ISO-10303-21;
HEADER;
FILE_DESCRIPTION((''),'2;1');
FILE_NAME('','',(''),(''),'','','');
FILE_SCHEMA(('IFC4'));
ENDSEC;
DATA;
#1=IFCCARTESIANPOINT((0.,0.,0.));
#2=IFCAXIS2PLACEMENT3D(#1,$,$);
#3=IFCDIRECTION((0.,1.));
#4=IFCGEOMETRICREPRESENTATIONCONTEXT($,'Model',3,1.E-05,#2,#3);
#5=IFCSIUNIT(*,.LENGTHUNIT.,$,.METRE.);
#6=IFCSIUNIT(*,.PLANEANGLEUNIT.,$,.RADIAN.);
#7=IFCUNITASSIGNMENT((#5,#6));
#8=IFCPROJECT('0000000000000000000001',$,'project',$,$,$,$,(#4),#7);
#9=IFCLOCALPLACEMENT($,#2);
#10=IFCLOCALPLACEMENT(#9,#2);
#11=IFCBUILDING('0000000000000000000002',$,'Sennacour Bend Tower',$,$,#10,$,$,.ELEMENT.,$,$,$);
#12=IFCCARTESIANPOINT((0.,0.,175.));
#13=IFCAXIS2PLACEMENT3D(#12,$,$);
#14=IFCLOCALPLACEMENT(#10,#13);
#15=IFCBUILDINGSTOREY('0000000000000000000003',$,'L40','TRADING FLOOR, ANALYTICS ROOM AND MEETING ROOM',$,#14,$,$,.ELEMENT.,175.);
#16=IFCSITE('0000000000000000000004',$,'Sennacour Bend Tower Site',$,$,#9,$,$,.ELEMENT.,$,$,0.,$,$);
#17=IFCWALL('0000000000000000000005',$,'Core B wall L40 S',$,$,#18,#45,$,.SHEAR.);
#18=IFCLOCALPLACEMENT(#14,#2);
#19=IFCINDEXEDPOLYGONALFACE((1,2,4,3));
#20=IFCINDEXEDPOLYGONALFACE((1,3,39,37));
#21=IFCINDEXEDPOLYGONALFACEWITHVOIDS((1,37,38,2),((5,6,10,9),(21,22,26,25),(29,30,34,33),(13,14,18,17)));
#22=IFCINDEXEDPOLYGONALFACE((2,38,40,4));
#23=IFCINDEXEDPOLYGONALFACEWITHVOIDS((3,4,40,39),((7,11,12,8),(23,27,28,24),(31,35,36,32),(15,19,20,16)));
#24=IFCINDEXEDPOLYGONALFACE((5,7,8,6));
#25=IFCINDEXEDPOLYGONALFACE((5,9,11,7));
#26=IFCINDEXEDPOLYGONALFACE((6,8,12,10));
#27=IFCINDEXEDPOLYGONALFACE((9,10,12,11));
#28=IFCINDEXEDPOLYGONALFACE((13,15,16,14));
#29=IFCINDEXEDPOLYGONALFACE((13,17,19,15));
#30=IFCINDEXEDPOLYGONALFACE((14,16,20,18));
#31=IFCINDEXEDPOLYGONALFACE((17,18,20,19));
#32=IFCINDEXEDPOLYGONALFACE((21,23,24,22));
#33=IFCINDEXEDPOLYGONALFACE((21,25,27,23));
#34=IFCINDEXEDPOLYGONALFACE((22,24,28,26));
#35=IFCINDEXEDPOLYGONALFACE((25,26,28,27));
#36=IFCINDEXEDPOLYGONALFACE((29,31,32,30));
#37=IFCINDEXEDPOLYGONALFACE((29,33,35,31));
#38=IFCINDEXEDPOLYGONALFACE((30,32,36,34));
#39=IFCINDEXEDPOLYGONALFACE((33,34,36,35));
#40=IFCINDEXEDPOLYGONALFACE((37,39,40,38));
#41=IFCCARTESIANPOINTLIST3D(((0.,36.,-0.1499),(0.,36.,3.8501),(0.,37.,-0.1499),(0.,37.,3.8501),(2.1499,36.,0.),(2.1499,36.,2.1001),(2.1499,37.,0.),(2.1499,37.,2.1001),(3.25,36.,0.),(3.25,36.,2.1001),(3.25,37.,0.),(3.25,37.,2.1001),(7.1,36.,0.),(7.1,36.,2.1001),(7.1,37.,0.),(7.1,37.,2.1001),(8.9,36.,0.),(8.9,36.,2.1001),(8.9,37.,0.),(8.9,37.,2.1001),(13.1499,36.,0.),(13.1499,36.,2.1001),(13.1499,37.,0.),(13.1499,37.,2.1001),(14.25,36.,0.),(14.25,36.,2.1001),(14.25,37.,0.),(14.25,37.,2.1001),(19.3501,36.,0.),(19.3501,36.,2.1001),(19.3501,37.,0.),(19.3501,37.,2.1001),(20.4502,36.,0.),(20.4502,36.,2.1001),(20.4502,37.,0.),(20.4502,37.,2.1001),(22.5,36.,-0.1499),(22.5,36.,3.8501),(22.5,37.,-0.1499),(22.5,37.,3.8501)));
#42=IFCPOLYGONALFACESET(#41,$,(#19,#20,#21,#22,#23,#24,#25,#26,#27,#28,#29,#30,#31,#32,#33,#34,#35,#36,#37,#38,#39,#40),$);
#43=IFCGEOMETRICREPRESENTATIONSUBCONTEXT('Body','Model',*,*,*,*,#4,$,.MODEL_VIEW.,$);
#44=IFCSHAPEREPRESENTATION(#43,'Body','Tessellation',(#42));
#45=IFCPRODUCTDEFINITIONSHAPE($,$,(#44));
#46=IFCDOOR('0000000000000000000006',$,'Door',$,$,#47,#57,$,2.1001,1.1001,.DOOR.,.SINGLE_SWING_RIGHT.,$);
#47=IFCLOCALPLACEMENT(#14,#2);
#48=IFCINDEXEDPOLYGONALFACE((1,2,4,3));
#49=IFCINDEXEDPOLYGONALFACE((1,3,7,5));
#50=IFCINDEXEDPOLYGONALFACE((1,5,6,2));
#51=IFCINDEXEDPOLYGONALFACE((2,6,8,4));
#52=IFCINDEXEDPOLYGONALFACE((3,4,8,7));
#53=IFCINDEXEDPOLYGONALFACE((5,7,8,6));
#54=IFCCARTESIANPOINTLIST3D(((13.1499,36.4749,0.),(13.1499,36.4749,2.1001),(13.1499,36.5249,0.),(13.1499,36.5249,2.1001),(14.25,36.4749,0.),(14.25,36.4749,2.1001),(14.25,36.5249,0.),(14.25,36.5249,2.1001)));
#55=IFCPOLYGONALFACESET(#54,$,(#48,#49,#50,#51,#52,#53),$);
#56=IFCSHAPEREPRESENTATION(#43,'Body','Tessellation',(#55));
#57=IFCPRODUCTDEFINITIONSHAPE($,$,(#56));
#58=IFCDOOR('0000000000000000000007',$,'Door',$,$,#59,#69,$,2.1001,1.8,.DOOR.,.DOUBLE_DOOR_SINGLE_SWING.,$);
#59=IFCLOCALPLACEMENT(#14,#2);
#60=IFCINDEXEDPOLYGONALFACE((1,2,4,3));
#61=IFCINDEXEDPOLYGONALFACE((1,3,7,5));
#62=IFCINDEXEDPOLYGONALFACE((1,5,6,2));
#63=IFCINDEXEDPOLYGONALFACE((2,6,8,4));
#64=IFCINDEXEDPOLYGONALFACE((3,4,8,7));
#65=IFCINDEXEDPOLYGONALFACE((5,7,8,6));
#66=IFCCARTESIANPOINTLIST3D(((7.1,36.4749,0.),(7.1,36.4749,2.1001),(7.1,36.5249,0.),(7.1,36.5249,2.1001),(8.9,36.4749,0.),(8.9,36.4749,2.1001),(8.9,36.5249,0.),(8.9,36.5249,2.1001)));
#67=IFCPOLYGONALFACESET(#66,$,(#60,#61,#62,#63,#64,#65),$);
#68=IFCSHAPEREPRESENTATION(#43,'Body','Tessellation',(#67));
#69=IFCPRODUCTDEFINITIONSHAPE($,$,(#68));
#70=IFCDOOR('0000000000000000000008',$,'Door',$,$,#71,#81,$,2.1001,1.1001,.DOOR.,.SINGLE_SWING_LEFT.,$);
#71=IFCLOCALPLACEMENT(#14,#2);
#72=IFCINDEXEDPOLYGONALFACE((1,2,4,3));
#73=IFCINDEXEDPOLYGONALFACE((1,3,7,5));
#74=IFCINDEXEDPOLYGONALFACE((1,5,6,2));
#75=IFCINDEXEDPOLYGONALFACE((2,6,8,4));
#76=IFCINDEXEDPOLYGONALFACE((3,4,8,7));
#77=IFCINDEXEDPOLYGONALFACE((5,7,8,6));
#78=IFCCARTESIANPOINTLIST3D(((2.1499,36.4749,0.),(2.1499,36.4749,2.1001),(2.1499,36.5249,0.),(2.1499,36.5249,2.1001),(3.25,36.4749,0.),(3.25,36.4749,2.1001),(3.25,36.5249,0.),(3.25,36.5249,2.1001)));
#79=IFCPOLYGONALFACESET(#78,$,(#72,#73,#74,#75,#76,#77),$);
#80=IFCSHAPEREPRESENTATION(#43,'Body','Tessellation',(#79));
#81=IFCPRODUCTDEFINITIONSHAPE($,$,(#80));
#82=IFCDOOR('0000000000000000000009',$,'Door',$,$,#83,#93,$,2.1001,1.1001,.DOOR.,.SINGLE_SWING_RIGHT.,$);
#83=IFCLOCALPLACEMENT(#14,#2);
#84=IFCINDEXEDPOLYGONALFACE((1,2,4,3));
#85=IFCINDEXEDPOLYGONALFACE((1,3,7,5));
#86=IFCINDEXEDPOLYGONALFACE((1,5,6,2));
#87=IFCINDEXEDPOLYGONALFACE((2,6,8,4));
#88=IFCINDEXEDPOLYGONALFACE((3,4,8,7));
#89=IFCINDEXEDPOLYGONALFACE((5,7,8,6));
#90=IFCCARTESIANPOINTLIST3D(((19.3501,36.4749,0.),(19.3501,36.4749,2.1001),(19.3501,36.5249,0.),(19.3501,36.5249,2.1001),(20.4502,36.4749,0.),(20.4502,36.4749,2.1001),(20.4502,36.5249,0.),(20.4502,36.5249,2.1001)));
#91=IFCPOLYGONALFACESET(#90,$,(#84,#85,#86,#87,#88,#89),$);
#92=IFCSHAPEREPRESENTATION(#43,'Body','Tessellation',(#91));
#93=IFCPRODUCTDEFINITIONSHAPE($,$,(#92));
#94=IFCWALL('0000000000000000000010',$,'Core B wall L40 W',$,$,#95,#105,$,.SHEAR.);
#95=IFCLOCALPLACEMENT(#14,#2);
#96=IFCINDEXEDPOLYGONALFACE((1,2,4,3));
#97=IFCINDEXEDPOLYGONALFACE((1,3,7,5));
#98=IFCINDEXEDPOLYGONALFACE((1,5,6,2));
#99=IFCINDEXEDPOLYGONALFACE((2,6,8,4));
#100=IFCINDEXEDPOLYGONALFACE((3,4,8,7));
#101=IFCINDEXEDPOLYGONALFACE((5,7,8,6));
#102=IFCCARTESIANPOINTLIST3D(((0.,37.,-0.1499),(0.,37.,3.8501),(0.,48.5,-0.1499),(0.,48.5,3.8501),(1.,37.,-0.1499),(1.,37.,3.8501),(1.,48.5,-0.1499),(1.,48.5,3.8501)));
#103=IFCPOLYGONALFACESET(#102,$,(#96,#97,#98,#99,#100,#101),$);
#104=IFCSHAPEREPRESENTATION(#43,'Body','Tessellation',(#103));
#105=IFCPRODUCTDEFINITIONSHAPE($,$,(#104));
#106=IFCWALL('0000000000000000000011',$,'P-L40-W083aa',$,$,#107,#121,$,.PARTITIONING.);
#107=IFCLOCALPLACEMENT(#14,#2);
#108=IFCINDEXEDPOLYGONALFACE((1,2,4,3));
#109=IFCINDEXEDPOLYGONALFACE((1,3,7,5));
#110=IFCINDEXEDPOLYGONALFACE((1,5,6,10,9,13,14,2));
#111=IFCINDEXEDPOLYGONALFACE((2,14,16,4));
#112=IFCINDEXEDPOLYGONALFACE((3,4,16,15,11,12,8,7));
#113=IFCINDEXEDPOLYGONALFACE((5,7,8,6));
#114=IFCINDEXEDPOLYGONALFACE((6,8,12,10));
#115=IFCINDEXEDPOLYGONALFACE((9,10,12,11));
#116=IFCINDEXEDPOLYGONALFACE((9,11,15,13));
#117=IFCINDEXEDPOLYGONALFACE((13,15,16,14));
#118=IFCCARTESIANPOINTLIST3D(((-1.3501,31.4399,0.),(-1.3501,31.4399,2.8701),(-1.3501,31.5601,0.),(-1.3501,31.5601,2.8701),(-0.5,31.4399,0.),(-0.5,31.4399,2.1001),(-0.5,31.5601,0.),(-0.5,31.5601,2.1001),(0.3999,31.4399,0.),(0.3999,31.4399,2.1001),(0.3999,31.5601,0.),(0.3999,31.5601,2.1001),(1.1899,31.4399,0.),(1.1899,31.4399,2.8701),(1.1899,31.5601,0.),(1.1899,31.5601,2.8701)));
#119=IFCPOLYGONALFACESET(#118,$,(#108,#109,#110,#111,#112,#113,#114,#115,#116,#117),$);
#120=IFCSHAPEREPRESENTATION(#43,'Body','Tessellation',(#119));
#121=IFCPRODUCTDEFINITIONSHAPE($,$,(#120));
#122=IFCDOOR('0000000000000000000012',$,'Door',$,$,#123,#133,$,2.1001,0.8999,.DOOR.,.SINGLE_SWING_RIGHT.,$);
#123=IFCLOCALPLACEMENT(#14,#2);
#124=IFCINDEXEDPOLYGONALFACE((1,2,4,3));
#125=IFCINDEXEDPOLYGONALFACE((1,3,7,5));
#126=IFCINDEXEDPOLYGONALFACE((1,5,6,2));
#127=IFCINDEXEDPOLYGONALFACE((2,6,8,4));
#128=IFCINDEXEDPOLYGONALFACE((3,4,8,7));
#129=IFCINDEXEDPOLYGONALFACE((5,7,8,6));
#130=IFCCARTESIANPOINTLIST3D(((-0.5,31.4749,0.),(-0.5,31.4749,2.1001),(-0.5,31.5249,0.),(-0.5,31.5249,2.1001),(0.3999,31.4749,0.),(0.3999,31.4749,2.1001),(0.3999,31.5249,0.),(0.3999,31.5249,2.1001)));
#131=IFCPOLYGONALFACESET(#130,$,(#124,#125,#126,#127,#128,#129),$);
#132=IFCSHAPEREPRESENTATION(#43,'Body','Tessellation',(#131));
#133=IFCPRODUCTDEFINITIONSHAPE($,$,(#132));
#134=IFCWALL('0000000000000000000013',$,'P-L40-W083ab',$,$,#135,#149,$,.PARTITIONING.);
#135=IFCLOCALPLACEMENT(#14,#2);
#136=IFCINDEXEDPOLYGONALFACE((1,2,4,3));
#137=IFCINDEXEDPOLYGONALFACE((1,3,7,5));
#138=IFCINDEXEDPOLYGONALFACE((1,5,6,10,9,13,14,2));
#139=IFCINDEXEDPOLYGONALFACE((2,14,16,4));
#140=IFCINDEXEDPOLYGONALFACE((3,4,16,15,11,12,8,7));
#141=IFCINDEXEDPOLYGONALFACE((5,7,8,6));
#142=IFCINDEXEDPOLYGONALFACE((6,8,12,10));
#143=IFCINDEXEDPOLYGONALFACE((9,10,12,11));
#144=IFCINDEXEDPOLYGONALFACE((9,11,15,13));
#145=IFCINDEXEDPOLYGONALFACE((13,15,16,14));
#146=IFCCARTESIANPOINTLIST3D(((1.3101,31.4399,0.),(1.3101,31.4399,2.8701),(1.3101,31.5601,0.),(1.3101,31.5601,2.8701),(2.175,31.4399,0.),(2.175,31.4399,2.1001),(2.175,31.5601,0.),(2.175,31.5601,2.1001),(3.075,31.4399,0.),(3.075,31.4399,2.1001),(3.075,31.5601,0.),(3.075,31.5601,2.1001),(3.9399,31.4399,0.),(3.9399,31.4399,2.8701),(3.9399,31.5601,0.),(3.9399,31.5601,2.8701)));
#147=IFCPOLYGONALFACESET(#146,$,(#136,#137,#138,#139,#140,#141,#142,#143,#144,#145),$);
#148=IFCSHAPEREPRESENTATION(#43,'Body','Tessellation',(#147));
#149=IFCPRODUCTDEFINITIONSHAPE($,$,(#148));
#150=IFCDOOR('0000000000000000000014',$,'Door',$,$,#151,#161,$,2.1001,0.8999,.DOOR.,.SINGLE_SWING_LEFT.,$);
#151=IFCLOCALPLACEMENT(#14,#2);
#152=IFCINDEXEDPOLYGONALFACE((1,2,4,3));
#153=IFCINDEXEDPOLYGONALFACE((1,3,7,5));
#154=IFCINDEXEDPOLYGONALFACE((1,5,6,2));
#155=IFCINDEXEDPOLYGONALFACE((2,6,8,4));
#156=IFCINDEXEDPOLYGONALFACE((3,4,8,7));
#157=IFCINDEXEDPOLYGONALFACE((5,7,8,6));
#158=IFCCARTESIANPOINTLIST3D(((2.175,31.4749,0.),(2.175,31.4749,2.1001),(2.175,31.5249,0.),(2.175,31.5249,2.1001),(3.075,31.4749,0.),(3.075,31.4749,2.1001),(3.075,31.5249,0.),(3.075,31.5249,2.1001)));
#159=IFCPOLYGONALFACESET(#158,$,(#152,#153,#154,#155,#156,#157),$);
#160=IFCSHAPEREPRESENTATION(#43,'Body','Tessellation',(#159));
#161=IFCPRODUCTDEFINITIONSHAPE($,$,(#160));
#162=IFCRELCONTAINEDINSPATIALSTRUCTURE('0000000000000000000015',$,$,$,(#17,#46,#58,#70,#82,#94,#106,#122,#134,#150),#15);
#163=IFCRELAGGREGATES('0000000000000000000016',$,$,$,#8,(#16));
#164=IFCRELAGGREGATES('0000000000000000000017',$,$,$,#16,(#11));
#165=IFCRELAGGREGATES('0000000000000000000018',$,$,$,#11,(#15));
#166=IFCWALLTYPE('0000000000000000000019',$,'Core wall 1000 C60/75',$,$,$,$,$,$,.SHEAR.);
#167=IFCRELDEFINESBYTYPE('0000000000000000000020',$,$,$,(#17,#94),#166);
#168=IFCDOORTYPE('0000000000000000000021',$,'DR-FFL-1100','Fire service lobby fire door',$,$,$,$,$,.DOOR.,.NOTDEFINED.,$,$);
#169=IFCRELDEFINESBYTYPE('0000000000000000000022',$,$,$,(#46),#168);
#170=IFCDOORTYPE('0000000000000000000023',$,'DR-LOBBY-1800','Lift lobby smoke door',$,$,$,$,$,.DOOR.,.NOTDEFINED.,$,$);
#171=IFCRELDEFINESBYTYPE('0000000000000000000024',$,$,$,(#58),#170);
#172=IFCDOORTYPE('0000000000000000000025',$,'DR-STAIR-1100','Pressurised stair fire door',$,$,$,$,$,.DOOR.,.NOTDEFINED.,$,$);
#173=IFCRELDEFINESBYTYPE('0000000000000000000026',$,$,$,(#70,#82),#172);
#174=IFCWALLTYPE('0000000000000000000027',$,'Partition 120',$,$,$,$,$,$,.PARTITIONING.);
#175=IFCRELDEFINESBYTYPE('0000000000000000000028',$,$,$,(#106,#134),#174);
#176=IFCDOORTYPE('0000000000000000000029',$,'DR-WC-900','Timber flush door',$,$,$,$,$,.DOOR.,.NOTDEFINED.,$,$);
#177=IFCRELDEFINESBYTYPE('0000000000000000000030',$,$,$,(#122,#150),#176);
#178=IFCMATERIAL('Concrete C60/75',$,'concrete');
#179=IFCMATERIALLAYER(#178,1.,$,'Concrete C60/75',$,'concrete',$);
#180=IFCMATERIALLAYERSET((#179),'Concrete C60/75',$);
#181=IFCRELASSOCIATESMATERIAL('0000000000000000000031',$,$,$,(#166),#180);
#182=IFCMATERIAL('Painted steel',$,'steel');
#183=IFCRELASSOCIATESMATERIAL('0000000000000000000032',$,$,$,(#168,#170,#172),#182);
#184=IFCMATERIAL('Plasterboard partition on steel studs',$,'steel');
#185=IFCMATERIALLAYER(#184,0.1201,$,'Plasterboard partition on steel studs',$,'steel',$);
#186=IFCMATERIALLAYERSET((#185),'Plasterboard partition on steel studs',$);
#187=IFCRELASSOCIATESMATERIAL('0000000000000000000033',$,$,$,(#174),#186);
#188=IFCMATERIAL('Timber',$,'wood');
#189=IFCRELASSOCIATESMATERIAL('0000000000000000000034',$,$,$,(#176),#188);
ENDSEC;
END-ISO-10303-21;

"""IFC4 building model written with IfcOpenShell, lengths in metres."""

from ifc_helpers import new_model, si_unit, direction, frame, frame_2d, origin, place, context, subcontext, project, spatial, rectangle, extrude, material, layer, layer_set, type_object, element, fill, save


model = new_model("IFC4")

# Units and contexts
model_context = context("Model", 3, precision=1e-05, world=origin(), true_north=direction((0.0, 1.0)))
body_context = subcontext(model_context, "Body", "Model", "MODEL_VIEW")
ifc_project = project(units=[si_unit("LENGTHUNIT", "METRE"), si_unit("PLANEANGLEUNIT", "RADIAN")], contexts=[model_context])

# Site, building, storey
site_placement = place(None, origin())
site = spatial("IfcSite", under=ifc_project, at=site_placement, Name="Sennacour Bend Tower Site", CompositionType="ELEMENT", RefElevation=0.0)
building_placement = place(site_placement, origin())
building = spatial("IfcBuilding", under=site, at=building_placement, Name="Sennacour Bend Tower", CompositionType="ELEMENT")
storey_placement = place(building_placement, frame((0.0, 0.0, 175.0)))
storey = spatial("IfcBuildingStorey", under=building, at=storey_placement, Name="L40", Description="TRADING FLOOR, ANALYTICS ROOM AND MEETING ROOM", CompositionType="ELEMENT", Elevation=175.0)

# Wall, openings, doors
ifc_material_1 = material(Name="Concrete C60/75", Category="concrete")
ifc_layer_1 = layer(ifc_material_1, 1.0, Name="Concrete C60/75", Category="concrete")
ifc_layer_set_1 = layer_set([ifc_layer_1], Name="Concrete C60/75")
wall_type_1 = type_object("IfcWallType", Name="Core wall 1000 C60/75", PredefinedType="SHEAR", material=ifc_layer_set_1)
wall_1_placement = place(storey_placement, frame((0.0, 36.5, -0.1499), z_axis=(0.0, 0.0, 1.0), x_axis=(1.0, 0.0, 0.0)))
wall_1 = element("IfcWall", 1, at=wall_1_placement, inside=storey, type_object=wall_type_1, Name="Core B wall L40 S", PredefinedType="SHEAR", context=body_context, shape_type="SweptSolid", body=[
    extrude(rectangle(XDim=22.5, YDim=1.0, at=frame_2d((11.25, 0.0))), origin(), (0.0, 0.0, 1.0), 4.0),
])
opening_1_placement = place(wall_1_placement, frame((7.1001, 0.0, 0.1499)))
opening_1 = element("IfcOpeningElement", 2, at=opening_1_placement, cuts=wall_1, PredefinedType="OPENING", context=body_context, shape_type="SweptSolid", body=[
    extrude(rectangle(XDim=1.8, YDim=2.1001, at=frame_2d((0.8999, 1.05))), frame((0.0, 0.51, 0.0), z_axis=(0.0, -1.0, 0.0), x_axis=(1.0, 0.0, 0.0)), (0.0, 0.0, 1.0), 1.02),
])
opening_2_placement = place(wall_1_placement, frame((13.1499, 0.0, 0.1499)))
opening_2 = element("IfcOpeningElement", 3, at=opening_2_placement, cuts=wall_1, PredefinedType="OPENING", context=body_context, shape_type="SweptSolid", body=[
    extrude(rectangle(XDim=1.1001, YDim=2.1001, at=frame_2d((0.55, 1.05))), frame((0.0, 0.51, 0.0), z_axis=(0.0, -1.0, 0.0), x_axis=(1.0, 0.0, 0.0)), (0.0, 0.0, 1.0), 1.02),
])
opening_3_placement = place(wall_1_placement, frame((2.1499, 0.0, 0.1499)))
opening_3 = element("IfcOpeningElement", 4, at=opening_3_placement, cuts=wall_1, PredefinedType="OPENING", context=body_context, shape_type="SweptSolid", body=[
    extrude(rectangle(XDim=1.1001, YDim=2.1001, at=frame_2d((0.55, 1.05))), frame((0.0, 0.51, 0.0), z_axis=(0.0, -1.0, 0.0), x_axis=(1.0, 0.0, 0.0)), (0.0, 0.0, 1.0), 1.02),
])
opening_4_placement = place(wall_1_placement, frame((19.3501, 0.0, 0.1499)))
opening_4 = element("IfcOpeningElement", 5, at=opening_4_placement, cuts=wall_1, PredefinedType="OPENING", context=body_context, shape_type="SweptSolid", body=[
    extrude(rectangle(XDim=1.1001, YDim=2.1001, at=frame_2d((0.55, 1.05))), frame((0.0, 0.51, 0.0), z_axis=(0.0, -1.0, 0.0), x_axis=(1.0, 0.0, 0.0)), (0.0, 0.0, 1.0), 1.02),
])
ifc_material_2 = material(Name="Painted steel", Category="steel")
door_type_1 = type_object("IfcDoorType", Name="DR-FFL-1100", Description="Fire service lobby fire door", OperationType="NOTDEFINED", PredefinedType="DOOR", material=ifc_material_2)
door_1_placement = place(opening_2_placement, origin())
door_1 = element("IfcDoor", 6, at=door_1_placement, inside=storey, type_object=door_type_1, Name="Door", OperationType="SINGLE_SWING_RIGHT", OverallHeight=2.1001, OverallWidth=1.1001, PredefinedType="DOOR", context=body_context, shape_type="SweptSolid", body=[
    extrude(rectangle(XDim=1.1001, YDim=2.1001, at=frame_2d((0.55, 1.05))), frame((0.0, 0.0249, 0.0), z_axis=(0.0, -1.0, 0.0), x_axis=(1.0, 0.0, 0.0)), (0.0, 0.0, 1.0), 0.05),
])
fill(opening_2, door_1)
door_type_2 = type_object("IfcDoorType", Name="DR-LOBBY-1800", Description="Lift lobby smoke door", OperationType="NOTDEFINED", PredefinedType="DOOR", material=ifc_material_2)
door_2_placement = place(opening_1_placement, origin())
door_2 = element("IfcDoor", 7, at=door_2_placement, inside=storey, type_object=door_type_2, Name="Door", OperationType="DOUBLE_DOOR_SINGLE_SWING", OverallHeight=2.1001, OverallWidth=1.8, PredefinedType="DOOR", context=body_context, shape_type="SweptSolid", body=[
    extrude(rectangle(XDim=1.8, YDim=2.1001, at=frame_2d((0.8999, 1.05))), frame((0.0, 0.0249, 0.0), z_axis=(0.0, -1.0, 0.0), x_axis=(1.0, 0.0, 0.0)), (0.0, 0.0, 1.0), 0.05),
])
fill(opening_1, door_2)
door_type_3 = type_object("IfcDoorType", Name="DR-STAIR-1100", Description="Pressurised stair fire door", OperationType="NOTDEFINED", PredefinedType="DOOR", material=ifc_material_2)
door_3_placement = place(opening_3_placement, origin())
door_3 = element("IfcDoor", 8, at=door_3_placement, inside=storey, type_object=door_type_3, Name="Door", OperationType="SINGLE_SWING_LEFT", OverallHeight=2.1001, OverallWidth=1.1001, PredefinedType="DOOR", context=body_context, shape_type="SweptSolid", body=[
    extrude(rectangle(XDim=1.1001, YDim=2.1001, at=frame_2d((0.55, 1.05))), frame((0.0, 0.0249, 0.0), z_axis=(0.0, -1.0, 0.0), x_axis=(1.0, 0.0, 0.0)), (0.0, 0.0, 1.0), 0.05),
])
fill(opening_3, door_3)
door_4_placement = place(opening_4_placement, origin())
door_4 = element("IfcDoor", 9, at=door_4_placement, inside=storey, type_object=door_type_3, Name="Door", OperationType="SINGLE_SWING_RIGHT", OverallHeight=2.1001, OverallWidth=1.1001, PredefinedType="DOOR", context=body_context, shape_type="SweptSolid", body=[
    extrude(rectangle(XDim=1.1001, YDim=2.1001, at=frame_2d((0.55, 1.05))), frame((0.0, 0.0249, 0.0), z_axis=(0.0, -1.0, 0.0), x_axis=(1.0, 0.0, 0.0)), (0.0, 0.0, 1.0), 0.05),
])
fill(opening_4, door_4)

# Wall
wall_2_placement = place(storey_placement, frame((0.5, 37.0, -0.1499), z_axis=(0.0, 0.0, 1.0), x_axis=(0.0, 1.0, 0.0)))
element("IfcWall", 10, at=wall_2_placement, inside=storey, type_object=wall_type_1, Name="Core B wall L40 W", PredefinedType="SHEAR", context=body_context, shape_type="SweptSolid", body=[
    extrude(rectangle(XDim=11.5, YDim=1.0, at=frame_2d((5.75, 0.0))), origin(), (0.0, 0.0, 1.0), 4.0),
])

# Walls, openings, doors
ifc_material_3 = material(Name="Plasterboard partition on steel studs", Category="steel")
ifc_layer_2 = layer(ifc_material_3, 0.1201, Name="Plasterboard partition on steel studs", Category="steel")
ifc_layer_set_2 = layer_set([ifc_layer_2], Name="Plasterboard partition on steel studs")
wall_type_2 = type_object("IfcWallType", Name="Partition 120", PredefinedType="PARTITIONING", material=ifc_layer_set_2)
wall_3_placement = place(storey_placement, frame((-1.3501, 31.5, 0.0), z_axis=(0.0, 0.0, 1.0), x_axis=(1.0, 0.0, 0.0)))
wall_3 = element("IfcWall", 11, at=wall_3_placement, inside=storey, type_object=wall_type_2, Name="P-L40-W083aa", PredefinedType="PARTITIONING", context=body_context, shape_type="SweptSolid", body=[
    extrude(rectangle(XDim=2.54, YDim=0.1201, at=frame_2d((1.27, 0.0))), origin(), (0.0, 0.0, 1.0), 2.8701),
])
opening_5_placement = place(wall_3_placement, frame((0.8501, 0.0, 0.0)))
opening_5 = element("IfcOpeningElement", 12, at=opening_5_placement, cuts=wall_3, PredefinedType="OPENING", context=body_context, shape_type="SweptSolid", body=[
    extrude(rectangle(XDim=0.8999, YDim=2.1001, at=frame_2d((0.45, 1.05))), frame((0.0, 0.0701, 0.0), z_axis=(0.0, -1.0, 0.0), x_axis=(1.0, 0.0, 0.0)), (0.0, 0.0, 1.0), 0.1401),
])
ifc_material_4 = material(Name="Timber", Category="wood")
door_type_4 = type_object("IfcDoorType", Name="DR-WC-900", Description="Timber flush door", OperationType="NOTDEFINED", PredefinedType="DOOR", material=ifc_material_4)
door_5_placement = place(opening_5_placement, origin())
door_5 = element("IfcDoor", 13, at=door_5_placement, inside=storey, type_object=door_type_4, Name="Door", OperationType="SINGLE_SWING_RIGHT", OverallHeight=2.1001, OverallWidth=0.8999, PredefinedType="DOOR", context=body_context, shape_type="SweptSolid", body=[
    extrude(rectangle(XDim=0.8999, YDim=2.1001, at=frame_2d((0.45, 1.05))), frame((0.0, 0.0249, 0.0), z_axis=(0.0, -1.0, 0.0), x_axis=(1.0, 0.0, 0.0)), (0.0, 0.0, 1.0), 0.05),
])
fill(opening_5, door_5)
wall_4_placement = place(storey_placement, frame((1.3101, 31.5, 0.0), z_axis=(0.0, 0.0, 1.0), x_axis=(1.0, 0.0, 0.0)))
wall_4 = element("IfcWall", 14, at=wall_4_placement, inside=storey, type_object=wall_type_2, Name="P-L40-W083ab", PredefinedType="PARTITIONING", context=body_context, shape_type="SweptSolid", body=[
    extrude(rectangle(XDim=2.6299, YDim=0.1201, at=frame_2d((1.3149, 0.0))), origin(), (0.0, 0.0, 1.0), 2.8701),
])
opening_6_placement = place(wall_4_placement, frame((0.865, 0.0, 0.0)))
opening_6 = element("IfcOpeningElement", 15, at=opening_6_placement, cuts=wall_4, PredefinedType="OPENING", context=body_context, shape_type="SweptSolid", body=[
    extrude(rectangle(XDim=0.8999, YDim=2.1001, at=frame_2d((0.45, 1.05))), frame((0.0, 0.0701, 0.0), z_axis=(0.0, -1.0, 0.0), x_axis=(1.0, 0.0, 0.0)), (0.0, 0.0, 1.0), 0.1401),
])
door_6_placement = place(opening_6_placement, origin())
door_6 = element("IfcDoor", 16, at=door_6_placement, inside=storey, type_object=door_type_4, Name="Door", OperationType="SINGLE_SWING_LEFT", OverallHeight=2.1001, OverallWidth=0.8999, PredefinedType="DOOR", context=body_context, shape_type="SweptSolid", body=[
    extrude(rectangle(XDim=0.8999, YDim=2.1001, at=frame_2d((0.45, 1.05))), frame((0.0, 0.0249, 0.0), z_axis=(0.0, -1.0, 0.0), x_axis=(1.0, 0.0, 0.0)), (0.0, 0.0, 1.0), 0.05),
])
fill(opening_6, door_6)

save(model, "model.ifc")
